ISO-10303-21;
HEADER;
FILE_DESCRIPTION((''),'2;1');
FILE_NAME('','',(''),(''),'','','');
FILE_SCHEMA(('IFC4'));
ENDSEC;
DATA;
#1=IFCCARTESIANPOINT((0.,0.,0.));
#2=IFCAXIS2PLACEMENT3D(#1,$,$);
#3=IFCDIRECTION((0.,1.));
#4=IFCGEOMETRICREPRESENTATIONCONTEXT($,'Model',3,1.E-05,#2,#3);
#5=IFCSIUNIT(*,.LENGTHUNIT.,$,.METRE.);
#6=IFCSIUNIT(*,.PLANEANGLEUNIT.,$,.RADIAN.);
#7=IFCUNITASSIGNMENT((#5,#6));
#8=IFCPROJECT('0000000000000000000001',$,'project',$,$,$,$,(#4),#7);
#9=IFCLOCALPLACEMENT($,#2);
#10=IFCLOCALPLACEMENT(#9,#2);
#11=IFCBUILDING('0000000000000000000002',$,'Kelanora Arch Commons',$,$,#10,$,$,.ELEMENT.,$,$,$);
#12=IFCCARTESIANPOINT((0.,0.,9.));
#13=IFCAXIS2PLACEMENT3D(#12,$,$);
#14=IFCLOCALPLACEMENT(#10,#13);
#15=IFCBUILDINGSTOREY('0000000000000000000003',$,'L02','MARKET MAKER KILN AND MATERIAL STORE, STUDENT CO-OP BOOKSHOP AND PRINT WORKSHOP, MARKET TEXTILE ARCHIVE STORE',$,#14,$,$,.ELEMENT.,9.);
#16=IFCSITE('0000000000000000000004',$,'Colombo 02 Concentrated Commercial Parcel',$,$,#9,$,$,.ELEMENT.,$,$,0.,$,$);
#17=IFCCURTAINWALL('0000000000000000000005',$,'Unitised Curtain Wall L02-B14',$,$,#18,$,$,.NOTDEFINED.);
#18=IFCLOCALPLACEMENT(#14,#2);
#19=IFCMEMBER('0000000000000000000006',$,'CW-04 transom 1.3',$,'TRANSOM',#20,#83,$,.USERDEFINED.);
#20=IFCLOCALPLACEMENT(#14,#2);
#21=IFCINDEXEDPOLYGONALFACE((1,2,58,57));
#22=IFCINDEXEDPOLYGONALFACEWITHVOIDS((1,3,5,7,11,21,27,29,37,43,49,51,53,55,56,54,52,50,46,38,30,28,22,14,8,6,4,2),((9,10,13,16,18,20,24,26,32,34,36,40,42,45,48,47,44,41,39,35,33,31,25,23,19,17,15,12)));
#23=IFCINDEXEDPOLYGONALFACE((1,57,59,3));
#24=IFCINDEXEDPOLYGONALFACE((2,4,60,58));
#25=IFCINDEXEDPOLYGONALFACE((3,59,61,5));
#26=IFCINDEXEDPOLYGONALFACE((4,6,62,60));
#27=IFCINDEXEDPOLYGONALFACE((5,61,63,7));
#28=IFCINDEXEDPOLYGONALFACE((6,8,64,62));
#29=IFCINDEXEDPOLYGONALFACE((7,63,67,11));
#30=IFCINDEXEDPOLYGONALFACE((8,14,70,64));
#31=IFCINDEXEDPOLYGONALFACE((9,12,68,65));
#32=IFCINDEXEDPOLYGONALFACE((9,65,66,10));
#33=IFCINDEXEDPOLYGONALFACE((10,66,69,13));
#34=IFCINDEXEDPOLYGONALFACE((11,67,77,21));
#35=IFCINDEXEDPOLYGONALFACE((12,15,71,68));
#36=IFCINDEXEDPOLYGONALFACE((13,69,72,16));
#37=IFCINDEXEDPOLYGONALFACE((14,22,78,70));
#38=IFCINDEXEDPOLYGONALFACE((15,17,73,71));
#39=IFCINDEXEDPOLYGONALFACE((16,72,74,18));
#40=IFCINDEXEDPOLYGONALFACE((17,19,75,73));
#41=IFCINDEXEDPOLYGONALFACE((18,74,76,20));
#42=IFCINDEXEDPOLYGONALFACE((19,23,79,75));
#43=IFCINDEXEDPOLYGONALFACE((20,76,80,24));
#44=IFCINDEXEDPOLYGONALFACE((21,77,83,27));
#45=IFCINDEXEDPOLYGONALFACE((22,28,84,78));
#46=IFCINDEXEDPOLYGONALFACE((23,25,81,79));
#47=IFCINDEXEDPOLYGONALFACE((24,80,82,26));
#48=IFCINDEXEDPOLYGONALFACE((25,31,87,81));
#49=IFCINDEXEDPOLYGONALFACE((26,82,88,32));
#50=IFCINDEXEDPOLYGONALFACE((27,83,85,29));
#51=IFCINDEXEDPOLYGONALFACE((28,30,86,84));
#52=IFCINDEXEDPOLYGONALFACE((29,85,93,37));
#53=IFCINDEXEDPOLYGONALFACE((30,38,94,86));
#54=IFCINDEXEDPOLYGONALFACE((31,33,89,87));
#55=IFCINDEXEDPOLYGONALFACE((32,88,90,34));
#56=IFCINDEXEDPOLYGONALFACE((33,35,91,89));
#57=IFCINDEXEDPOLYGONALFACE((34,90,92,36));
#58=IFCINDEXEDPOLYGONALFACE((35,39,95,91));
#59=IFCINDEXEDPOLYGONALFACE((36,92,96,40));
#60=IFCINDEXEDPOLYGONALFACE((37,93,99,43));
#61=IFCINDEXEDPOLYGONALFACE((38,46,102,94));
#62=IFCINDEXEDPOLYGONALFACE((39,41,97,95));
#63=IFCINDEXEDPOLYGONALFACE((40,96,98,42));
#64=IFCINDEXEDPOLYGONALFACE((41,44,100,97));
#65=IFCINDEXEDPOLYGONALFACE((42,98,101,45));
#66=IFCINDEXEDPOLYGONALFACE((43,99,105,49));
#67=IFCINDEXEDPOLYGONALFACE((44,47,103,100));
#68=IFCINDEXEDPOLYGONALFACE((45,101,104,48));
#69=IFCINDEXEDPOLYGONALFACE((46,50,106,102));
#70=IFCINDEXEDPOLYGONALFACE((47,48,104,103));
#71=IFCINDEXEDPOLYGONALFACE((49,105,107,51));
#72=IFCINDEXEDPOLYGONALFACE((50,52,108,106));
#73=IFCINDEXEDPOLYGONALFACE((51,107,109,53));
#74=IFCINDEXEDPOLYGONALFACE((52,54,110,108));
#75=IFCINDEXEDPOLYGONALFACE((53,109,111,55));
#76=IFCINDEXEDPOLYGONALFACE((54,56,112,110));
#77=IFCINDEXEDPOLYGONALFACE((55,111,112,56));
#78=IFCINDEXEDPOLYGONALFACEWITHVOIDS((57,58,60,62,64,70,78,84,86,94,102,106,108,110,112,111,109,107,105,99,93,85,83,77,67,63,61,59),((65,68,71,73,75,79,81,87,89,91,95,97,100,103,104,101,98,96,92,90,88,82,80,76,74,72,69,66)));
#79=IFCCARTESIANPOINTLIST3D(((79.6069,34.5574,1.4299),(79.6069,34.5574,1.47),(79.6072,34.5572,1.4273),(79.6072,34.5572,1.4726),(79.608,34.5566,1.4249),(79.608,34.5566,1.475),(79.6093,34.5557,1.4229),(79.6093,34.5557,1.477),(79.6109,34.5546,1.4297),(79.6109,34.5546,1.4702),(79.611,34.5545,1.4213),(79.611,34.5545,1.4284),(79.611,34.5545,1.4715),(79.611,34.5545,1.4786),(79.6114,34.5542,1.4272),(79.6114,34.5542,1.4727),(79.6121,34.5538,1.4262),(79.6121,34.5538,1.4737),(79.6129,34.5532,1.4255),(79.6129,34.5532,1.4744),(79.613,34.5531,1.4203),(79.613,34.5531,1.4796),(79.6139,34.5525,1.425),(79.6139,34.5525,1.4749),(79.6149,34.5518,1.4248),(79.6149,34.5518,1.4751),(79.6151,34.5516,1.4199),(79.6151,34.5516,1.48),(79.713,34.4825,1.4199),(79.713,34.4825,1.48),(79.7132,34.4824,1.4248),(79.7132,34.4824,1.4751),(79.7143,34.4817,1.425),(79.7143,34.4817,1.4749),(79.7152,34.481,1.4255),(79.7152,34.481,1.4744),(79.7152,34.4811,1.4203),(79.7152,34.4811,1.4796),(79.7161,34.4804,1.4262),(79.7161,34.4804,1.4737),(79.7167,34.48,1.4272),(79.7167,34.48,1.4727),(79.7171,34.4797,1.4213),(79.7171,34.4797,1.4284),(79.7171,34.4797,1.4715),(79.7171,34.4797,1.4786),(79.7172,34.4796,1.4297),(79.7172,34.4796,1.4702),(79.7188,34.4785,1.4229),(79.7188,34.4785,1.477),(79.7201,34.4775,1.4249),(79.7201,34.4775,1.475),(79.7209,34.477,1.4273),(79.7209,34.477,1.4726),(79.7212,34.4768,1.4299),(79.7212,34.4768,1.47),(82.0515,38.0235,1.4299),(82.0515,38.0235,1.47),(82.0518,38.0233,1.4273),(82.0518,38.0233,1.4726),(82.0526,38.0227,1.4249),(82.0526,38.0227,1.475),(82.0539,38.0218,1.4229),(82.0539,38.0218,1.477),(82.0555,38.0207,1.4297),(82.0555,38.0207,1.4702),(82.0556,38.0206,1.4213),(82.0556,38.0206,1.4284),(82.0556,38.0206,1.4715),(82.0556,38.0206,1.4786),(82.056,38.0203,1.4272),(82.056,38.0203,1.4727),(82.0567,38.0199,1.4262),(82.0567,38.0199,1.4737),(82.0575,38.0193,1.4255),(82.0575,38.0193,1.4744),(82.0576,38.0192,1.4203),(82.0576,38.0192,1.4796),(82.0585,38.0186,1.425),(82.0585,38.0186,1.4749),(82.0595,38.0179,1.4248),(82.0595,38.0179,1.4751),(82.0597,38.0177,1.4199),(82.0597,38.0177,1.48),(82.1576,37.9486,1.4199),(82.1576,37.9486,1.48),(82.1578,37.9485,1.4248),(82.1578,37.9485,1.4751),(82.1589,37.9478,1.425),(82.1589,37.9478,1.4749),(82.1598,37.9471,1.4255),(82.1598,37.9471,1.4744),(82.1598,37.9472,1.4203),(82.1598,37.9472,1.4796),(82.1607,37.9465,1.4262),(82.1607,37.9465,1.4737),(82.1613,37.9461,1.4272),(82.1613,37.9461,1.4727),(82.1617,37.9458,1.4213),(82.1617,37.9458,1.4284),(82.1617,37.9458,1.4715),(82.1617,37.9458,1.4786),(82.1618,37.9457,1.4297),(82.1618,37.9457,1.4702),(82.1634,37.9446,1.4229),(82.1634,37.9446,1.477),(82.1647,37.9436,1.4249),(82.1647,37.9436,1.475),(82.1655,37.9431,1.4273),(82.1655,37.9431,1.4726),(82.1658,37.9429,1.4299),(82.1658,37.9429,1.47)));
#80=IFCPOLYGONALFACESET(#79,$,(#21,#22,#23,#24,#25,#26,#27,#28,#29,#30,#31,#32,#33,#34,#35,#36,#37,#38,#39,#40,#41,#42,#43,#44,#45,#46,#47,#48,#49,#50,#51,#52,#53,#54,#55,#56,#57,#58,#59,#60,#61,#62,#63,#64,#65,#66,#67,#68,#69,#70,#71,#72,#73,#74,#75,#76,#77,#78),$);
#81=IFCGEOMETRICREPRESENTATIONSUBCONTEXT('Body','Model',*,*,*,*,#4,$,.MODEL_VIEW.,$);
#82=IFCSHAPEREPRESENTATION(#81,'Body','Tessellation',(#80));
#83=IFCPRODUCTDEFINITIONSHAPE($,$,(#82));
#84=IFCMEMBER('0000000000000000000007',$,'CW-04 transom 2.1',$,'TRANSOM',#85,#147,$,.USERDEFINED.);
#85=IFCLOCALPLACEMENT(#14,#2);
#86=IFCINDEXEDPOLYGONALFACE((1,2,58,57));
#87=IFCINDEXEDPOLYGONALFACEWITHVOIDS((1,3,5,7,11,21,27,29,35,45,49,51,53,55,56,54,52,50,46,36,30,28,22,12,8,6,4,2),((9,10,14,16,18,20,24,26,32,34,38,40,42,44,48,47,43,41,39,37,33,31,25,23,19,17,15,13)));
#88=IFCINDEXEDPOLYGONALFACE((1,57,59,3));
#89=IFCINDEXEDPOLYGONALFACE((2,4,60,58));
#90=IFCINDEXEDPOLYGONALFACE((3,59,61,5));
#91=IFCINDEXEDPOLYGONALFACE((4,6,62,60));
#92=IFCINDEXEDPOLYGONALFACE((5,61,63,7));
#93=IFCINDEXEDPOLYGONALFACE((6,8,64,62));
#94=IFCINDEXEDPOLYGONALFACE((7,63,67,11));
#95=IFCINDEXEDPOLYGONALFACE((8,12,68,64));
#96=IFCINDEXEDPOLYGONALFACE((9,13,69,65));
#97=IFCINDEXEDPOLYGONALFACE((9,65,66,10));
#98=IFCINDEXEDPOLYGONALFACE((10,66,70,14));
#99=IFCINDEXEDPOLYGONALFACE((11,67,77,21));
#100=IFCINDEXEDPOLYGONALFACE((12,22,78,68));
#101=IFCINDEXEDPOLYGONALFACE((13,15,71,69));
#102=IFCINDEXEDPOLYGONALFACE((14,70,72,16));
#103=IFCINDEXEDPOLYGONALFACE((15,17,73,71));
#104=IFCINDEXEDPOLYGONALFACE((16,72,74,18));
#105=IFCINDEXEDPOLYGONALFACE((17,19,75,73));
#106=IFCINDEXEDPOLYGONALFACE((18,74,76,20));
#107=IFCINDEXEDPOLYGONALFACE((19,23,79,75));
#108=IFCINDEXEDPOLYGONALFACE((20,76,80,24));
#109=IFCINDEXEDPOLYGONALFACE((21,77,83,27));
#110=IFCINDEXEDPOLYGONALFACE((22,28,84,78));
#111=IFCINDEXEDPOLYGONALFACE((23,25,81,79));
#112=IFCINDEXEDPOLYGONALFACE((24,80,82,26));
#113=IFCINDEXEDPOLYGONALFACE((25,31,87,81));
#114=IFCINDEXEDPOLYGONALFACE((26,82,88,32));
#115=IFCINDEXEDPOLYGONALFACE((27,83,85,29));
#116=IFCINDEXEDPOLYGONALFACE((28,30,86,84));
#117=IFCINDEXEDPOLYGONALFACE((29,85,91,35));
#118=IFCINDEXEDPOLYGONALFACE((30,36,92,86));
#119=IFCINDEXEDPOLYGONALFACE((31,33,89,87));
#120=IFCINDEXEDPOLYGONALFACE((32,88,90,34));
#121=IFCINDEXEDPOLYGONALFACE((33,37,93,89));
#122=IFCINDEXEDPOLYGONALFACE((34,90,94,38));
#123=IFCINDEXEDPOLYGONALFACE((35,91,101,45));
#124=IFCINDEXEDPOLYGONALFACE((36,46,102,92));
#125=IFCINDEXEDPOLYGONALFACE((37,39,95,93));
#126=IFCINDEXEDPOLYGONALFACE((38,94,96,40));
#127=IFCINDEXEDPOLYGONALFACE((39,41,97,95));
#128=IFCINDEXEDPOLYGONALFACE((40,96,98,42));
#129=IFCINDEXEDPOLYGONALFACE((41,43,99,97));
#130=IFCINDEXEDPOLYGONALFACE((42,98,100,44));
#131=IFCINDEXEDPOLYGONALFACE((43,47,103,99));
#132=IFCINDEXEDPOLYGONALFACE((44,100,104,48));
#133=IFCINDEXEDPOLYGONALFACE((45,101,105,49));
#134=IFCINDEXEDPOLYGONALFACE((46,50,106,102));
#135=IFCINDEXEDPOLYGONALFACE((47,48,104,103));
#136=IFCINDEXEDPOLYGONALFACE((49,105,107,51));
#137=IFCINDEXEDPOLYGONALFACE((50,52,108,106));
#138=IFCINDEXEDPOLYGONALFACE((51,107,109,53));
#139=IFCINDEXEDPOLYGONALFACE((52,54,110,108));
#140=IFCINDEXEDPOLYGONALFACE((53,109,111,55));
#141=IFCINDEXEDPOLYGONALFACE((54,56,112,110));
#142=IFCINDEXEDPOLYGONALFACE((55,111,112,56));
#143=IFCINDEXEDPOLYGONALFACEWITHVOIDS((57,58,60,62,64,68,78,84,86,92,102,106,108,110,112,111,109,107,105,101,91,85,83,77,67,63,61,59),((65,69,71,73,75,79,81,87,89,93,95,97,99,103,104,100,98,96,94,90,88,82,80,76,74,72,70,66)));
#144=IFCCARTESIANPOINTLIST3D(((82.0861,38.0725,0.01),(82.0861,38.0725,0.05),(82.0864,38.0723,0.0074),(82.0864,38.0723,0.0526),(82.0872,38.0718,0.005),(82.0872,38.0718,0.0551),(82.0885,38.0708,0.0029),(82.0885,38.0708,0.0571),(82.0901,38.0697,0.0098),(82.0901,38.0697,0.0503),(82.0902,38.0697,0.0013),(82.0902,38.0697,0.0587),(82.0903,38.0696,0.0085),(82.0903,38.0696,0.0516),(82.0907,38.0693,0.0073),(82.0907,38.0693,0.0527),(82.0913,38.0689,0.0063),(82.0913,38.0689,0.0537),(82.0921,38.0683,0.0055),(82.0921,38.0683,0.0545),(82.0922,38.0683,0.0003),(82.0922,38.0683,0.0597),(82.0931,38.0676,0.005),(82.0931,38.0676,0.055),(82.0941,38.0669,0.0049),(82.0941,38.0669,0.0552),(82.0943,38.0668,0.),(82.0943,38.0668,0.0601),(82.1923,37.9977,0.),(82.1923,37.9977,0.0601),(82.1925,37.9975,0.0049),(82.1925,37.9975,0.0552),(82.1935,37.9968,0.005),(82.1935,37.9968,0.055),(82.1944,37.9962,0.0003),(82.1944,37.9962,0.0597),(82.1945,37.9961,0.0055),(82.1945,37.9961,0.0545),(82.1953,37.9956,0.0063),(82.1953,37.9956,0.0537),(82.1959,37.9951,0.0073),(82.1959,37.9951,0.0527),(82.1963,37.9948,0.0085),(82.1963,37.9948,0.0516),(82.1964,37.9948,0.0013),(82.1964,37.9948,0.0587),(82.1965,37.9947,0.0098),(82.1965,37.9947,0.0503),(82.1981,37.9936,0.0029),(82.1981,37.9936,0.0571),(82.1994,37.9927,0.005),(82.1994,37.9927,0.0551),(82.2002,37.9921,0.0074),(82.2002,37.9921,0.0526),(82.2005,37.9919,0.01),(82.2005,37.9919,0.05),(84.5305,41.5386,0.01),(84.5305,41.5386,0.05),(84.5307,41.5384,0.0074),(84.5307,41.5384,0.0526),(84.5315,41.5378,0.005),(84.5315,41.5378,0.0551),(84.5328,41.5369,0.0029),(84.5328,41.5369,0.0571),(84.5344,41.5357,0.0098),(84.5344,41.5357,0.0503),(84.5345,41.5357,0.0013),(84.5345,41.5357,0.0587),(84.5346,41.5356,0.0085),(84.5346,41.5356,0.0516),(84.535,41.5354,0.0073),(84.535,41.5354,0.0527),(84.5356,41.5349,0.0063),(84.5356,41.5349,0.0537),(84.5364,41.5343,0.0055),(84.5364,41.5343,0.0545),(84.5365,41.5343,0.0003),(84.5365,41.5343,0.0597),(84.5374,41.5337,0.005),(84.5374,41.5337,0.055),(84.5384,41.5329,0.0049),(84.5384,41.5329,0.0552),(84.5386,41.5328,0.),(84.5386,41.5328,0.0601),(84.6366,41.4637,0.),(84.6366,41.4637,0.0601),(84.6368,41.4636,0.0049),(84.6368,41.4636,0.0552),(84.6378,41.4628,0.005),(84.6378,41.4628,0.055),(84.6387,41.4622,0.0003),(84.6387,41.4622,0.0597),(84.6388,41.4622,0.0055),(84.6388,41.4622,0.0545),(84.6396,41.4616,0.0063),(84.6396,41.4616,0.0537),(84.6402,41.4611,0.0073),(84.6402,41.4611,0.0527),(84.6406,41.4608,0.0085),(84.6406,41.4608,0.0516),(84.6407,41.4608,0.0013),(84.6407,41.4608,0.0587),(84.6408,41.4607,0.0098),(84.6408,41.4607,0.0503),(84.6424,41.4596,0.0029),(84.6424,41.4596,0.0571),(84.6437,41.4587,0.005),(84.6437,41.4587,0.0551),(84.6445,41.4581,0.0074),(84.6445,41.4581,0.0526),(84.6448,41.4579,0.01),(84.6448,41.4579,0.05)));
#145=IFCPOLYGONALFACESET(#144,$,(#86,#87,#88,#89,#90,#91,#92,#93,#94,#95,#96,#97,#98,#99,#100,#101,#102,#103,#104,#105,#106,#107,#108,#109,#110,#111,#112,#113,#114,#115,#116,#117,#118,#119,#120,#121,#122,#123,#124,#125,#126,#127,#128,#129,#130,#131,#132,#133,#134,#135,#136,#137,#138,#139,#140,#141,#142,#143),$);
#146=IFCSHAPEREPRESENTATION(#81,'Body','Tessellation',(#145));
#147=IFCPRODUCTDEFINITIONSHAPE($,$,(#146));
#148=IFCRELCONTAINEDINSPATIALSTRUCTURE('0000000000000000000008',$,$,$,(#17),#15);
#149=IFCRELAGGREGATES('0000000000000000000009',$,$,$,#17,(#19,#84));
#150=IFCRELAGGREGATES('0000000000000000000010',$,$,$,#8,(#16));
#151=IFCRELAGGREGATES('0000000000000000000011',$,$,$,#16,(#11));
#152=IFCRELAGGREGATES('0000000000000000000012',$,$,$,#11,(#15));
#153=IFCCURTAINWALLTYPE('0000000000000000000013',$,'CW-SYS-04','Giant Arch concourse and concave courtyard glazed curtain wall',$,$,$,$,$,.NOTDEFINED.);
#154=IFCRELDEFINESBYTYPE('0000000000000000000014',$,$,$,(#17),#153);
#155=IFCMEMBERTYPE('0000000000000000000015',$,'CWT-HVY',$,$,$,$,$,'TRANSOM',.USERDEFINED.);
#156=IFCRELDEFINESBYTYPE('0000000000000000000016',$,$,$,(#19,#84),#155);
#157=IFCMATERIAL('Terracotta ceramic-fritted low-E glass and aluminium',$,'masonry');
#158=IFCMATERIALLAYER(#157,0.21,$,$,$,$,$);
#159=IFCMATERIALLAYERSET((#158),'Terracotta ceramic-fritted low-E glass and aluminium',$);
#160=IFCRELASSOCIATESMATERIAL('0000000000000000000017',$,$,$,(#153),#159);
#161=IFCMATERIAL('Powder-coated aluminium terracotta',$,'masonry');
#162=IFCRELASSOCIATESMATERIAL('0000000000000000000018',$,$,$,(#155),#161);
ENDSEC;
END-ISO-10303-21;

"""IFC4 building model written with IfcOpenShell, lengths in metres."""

from ifc_helpers import new_model, si_unit, direction, frame, origin, origin_2d, place, context, subcontext, project, spatial, hollow_rectangle, extrude, material, layer, layer_set, material_profile, profile_set, type_object, element, aggregate, save


model = new_model("IFC4")

# Units and contexts
model_context = context("Model", 3, precision=1e-05, world=origin(), true_north=direction((0.0, 1.0)))
body_context = subcontext(model_context, "Body", "Model", "MODEL_VIEW")
ifc_project = project(units=[si_unit("LENGTHUNIT", "METRE"), si_unit("PLANEANGLEUNIT", "RADIAN")], contexts=[model_context])

# Site, building, storey
site_placement = place(None, origin())
site = spatial("IfcSite", under=ifc_project, at=site_placement, Name="Colombo 02 Concentrated Commercial Parcel", CompositionType="ELEMENT", RefElevation=0.0)
building_placement = place(site_placement, origin())
building = spatial("IfcBuilding", under=site, at=building_placement, Name="Kelanora Arch Commons", CompositionType="ELEMENT")
storey_placement = place(building_placement, frame((0.0, 0.0, 9.0)))
storey = spatial("IfcBuildingStorey", under=building, at=storey_placement, Name="L02", Description="MARKET MAKER KILN AND MATERIAL STORE, STUDENT CO-OP BOOKSHOP AND PRINT WORKSHOP, MARKET TEXTILE ARCHIVE STORE", CompositionType="ELEMENT", Elevation=9.0)

# Curtain wall, members
ifc_material_1 = material(Name="Terracotta ceramic-fritted low-E glass and aluminium", Category="masonry")
ifc_layer_1 = layer(ifc_material_1, 0.21)
ifc_layer_set_1 = layer_set([ifc_layer_1], Name="Terracotta ceramic-fritted low-E glass and aluminium")
curtain_wall_type = type_object("IfcCurtainWallType", Name="CW-SYS-04", Description="Giant Arch concourse and concave courtyard glazed curtain wall", PredefinedType="NOTDEFINED", material=ifc_layer_set_1)
curtain_wall_placement = place(storey_placement, origin())
curtain_wall = element("IfcCurtainWall", 1, at=curtain_wall_placement, inside=storey, type_object=curtain_wall_type, Name="Unitised Curtain Wall L02-B14", PredefinedType="NOTDEFINED")
ifc_material_2 = material(Name="Powder-coated aluminium terracotta", Category="masonry")
ifc_material_profile_1 = material_profile(ifc_material_2, hollow_rectangle(XDim=0.1399, YDim=0.0601, WallThickness=0.0049, InnerFilletRadius=0.0049, OuterFilletRadius=0.01, at=origin_2d()), Name="CWT140x60")
ifc_profile_set_1 = profile_set([ifc_material_profile_1], Name="Powder-coated aluminium terracotta")
member_type_1 = type_object("IfcMemberType", Name="CWT-HVY", ElementType="TRANSOM", PredefinedType="USERDEFINED", material=ifc_profile_set_1)
member_1_placement = place(storey_placement, frame((79.6641, 34.5171, 1.45), z_axis=(0.57636, 0.817196, 0.0), x_axis=(-0.817196, 0.57636, 0.0)))
member_1 = element("IfcMember", 2, at=member_1_placement, type_object=member_type_1, Name="CW-04 transom 1.3", ObjectType="TRANSOM", PredefinedType="USERDEFINED", context=body_context, shape_type="SweptSolid", body=[
    extrude(hollow_rectangle(XDim=0.1399, YDim=0.0601, WallThickness=0.0049, InnerFilletRadius=0.0049, OuterFilletRadius=0.01, at=origin_2d()), origin(), (0.0, 0.0, 1.0), 4.2415),
])
member_2_placement = place(storey_placement, frame((82.1433, 38.0322, 0.03), z_axis=(0.576322, 0.817223, 0.0), x_axis=(-0.817223, 0.576322, 0.0)))
member_2 = element("IfcMember", 3, at=member_2_placement, type_object=member_type_1, Name="CW-04 transom 2.1", ObjectType="TRANSOM", PredefinedType="USERDEFINED", context=body_context, shape_type="SweptSolid", body=[
    extrude(hollow_rectangle(XDim=0.1399, YDim=0.0601, WallThickness=0.0049, InnerFilletRadius=0.0049, OuterFilletRadius=0.01, at=origin_2d()), origin(), (0.0, 0.0, 1.0), 4.2412),
])
aggregate(curtain_wall, [member_1, member_2])

save(model, "model.ifc")
